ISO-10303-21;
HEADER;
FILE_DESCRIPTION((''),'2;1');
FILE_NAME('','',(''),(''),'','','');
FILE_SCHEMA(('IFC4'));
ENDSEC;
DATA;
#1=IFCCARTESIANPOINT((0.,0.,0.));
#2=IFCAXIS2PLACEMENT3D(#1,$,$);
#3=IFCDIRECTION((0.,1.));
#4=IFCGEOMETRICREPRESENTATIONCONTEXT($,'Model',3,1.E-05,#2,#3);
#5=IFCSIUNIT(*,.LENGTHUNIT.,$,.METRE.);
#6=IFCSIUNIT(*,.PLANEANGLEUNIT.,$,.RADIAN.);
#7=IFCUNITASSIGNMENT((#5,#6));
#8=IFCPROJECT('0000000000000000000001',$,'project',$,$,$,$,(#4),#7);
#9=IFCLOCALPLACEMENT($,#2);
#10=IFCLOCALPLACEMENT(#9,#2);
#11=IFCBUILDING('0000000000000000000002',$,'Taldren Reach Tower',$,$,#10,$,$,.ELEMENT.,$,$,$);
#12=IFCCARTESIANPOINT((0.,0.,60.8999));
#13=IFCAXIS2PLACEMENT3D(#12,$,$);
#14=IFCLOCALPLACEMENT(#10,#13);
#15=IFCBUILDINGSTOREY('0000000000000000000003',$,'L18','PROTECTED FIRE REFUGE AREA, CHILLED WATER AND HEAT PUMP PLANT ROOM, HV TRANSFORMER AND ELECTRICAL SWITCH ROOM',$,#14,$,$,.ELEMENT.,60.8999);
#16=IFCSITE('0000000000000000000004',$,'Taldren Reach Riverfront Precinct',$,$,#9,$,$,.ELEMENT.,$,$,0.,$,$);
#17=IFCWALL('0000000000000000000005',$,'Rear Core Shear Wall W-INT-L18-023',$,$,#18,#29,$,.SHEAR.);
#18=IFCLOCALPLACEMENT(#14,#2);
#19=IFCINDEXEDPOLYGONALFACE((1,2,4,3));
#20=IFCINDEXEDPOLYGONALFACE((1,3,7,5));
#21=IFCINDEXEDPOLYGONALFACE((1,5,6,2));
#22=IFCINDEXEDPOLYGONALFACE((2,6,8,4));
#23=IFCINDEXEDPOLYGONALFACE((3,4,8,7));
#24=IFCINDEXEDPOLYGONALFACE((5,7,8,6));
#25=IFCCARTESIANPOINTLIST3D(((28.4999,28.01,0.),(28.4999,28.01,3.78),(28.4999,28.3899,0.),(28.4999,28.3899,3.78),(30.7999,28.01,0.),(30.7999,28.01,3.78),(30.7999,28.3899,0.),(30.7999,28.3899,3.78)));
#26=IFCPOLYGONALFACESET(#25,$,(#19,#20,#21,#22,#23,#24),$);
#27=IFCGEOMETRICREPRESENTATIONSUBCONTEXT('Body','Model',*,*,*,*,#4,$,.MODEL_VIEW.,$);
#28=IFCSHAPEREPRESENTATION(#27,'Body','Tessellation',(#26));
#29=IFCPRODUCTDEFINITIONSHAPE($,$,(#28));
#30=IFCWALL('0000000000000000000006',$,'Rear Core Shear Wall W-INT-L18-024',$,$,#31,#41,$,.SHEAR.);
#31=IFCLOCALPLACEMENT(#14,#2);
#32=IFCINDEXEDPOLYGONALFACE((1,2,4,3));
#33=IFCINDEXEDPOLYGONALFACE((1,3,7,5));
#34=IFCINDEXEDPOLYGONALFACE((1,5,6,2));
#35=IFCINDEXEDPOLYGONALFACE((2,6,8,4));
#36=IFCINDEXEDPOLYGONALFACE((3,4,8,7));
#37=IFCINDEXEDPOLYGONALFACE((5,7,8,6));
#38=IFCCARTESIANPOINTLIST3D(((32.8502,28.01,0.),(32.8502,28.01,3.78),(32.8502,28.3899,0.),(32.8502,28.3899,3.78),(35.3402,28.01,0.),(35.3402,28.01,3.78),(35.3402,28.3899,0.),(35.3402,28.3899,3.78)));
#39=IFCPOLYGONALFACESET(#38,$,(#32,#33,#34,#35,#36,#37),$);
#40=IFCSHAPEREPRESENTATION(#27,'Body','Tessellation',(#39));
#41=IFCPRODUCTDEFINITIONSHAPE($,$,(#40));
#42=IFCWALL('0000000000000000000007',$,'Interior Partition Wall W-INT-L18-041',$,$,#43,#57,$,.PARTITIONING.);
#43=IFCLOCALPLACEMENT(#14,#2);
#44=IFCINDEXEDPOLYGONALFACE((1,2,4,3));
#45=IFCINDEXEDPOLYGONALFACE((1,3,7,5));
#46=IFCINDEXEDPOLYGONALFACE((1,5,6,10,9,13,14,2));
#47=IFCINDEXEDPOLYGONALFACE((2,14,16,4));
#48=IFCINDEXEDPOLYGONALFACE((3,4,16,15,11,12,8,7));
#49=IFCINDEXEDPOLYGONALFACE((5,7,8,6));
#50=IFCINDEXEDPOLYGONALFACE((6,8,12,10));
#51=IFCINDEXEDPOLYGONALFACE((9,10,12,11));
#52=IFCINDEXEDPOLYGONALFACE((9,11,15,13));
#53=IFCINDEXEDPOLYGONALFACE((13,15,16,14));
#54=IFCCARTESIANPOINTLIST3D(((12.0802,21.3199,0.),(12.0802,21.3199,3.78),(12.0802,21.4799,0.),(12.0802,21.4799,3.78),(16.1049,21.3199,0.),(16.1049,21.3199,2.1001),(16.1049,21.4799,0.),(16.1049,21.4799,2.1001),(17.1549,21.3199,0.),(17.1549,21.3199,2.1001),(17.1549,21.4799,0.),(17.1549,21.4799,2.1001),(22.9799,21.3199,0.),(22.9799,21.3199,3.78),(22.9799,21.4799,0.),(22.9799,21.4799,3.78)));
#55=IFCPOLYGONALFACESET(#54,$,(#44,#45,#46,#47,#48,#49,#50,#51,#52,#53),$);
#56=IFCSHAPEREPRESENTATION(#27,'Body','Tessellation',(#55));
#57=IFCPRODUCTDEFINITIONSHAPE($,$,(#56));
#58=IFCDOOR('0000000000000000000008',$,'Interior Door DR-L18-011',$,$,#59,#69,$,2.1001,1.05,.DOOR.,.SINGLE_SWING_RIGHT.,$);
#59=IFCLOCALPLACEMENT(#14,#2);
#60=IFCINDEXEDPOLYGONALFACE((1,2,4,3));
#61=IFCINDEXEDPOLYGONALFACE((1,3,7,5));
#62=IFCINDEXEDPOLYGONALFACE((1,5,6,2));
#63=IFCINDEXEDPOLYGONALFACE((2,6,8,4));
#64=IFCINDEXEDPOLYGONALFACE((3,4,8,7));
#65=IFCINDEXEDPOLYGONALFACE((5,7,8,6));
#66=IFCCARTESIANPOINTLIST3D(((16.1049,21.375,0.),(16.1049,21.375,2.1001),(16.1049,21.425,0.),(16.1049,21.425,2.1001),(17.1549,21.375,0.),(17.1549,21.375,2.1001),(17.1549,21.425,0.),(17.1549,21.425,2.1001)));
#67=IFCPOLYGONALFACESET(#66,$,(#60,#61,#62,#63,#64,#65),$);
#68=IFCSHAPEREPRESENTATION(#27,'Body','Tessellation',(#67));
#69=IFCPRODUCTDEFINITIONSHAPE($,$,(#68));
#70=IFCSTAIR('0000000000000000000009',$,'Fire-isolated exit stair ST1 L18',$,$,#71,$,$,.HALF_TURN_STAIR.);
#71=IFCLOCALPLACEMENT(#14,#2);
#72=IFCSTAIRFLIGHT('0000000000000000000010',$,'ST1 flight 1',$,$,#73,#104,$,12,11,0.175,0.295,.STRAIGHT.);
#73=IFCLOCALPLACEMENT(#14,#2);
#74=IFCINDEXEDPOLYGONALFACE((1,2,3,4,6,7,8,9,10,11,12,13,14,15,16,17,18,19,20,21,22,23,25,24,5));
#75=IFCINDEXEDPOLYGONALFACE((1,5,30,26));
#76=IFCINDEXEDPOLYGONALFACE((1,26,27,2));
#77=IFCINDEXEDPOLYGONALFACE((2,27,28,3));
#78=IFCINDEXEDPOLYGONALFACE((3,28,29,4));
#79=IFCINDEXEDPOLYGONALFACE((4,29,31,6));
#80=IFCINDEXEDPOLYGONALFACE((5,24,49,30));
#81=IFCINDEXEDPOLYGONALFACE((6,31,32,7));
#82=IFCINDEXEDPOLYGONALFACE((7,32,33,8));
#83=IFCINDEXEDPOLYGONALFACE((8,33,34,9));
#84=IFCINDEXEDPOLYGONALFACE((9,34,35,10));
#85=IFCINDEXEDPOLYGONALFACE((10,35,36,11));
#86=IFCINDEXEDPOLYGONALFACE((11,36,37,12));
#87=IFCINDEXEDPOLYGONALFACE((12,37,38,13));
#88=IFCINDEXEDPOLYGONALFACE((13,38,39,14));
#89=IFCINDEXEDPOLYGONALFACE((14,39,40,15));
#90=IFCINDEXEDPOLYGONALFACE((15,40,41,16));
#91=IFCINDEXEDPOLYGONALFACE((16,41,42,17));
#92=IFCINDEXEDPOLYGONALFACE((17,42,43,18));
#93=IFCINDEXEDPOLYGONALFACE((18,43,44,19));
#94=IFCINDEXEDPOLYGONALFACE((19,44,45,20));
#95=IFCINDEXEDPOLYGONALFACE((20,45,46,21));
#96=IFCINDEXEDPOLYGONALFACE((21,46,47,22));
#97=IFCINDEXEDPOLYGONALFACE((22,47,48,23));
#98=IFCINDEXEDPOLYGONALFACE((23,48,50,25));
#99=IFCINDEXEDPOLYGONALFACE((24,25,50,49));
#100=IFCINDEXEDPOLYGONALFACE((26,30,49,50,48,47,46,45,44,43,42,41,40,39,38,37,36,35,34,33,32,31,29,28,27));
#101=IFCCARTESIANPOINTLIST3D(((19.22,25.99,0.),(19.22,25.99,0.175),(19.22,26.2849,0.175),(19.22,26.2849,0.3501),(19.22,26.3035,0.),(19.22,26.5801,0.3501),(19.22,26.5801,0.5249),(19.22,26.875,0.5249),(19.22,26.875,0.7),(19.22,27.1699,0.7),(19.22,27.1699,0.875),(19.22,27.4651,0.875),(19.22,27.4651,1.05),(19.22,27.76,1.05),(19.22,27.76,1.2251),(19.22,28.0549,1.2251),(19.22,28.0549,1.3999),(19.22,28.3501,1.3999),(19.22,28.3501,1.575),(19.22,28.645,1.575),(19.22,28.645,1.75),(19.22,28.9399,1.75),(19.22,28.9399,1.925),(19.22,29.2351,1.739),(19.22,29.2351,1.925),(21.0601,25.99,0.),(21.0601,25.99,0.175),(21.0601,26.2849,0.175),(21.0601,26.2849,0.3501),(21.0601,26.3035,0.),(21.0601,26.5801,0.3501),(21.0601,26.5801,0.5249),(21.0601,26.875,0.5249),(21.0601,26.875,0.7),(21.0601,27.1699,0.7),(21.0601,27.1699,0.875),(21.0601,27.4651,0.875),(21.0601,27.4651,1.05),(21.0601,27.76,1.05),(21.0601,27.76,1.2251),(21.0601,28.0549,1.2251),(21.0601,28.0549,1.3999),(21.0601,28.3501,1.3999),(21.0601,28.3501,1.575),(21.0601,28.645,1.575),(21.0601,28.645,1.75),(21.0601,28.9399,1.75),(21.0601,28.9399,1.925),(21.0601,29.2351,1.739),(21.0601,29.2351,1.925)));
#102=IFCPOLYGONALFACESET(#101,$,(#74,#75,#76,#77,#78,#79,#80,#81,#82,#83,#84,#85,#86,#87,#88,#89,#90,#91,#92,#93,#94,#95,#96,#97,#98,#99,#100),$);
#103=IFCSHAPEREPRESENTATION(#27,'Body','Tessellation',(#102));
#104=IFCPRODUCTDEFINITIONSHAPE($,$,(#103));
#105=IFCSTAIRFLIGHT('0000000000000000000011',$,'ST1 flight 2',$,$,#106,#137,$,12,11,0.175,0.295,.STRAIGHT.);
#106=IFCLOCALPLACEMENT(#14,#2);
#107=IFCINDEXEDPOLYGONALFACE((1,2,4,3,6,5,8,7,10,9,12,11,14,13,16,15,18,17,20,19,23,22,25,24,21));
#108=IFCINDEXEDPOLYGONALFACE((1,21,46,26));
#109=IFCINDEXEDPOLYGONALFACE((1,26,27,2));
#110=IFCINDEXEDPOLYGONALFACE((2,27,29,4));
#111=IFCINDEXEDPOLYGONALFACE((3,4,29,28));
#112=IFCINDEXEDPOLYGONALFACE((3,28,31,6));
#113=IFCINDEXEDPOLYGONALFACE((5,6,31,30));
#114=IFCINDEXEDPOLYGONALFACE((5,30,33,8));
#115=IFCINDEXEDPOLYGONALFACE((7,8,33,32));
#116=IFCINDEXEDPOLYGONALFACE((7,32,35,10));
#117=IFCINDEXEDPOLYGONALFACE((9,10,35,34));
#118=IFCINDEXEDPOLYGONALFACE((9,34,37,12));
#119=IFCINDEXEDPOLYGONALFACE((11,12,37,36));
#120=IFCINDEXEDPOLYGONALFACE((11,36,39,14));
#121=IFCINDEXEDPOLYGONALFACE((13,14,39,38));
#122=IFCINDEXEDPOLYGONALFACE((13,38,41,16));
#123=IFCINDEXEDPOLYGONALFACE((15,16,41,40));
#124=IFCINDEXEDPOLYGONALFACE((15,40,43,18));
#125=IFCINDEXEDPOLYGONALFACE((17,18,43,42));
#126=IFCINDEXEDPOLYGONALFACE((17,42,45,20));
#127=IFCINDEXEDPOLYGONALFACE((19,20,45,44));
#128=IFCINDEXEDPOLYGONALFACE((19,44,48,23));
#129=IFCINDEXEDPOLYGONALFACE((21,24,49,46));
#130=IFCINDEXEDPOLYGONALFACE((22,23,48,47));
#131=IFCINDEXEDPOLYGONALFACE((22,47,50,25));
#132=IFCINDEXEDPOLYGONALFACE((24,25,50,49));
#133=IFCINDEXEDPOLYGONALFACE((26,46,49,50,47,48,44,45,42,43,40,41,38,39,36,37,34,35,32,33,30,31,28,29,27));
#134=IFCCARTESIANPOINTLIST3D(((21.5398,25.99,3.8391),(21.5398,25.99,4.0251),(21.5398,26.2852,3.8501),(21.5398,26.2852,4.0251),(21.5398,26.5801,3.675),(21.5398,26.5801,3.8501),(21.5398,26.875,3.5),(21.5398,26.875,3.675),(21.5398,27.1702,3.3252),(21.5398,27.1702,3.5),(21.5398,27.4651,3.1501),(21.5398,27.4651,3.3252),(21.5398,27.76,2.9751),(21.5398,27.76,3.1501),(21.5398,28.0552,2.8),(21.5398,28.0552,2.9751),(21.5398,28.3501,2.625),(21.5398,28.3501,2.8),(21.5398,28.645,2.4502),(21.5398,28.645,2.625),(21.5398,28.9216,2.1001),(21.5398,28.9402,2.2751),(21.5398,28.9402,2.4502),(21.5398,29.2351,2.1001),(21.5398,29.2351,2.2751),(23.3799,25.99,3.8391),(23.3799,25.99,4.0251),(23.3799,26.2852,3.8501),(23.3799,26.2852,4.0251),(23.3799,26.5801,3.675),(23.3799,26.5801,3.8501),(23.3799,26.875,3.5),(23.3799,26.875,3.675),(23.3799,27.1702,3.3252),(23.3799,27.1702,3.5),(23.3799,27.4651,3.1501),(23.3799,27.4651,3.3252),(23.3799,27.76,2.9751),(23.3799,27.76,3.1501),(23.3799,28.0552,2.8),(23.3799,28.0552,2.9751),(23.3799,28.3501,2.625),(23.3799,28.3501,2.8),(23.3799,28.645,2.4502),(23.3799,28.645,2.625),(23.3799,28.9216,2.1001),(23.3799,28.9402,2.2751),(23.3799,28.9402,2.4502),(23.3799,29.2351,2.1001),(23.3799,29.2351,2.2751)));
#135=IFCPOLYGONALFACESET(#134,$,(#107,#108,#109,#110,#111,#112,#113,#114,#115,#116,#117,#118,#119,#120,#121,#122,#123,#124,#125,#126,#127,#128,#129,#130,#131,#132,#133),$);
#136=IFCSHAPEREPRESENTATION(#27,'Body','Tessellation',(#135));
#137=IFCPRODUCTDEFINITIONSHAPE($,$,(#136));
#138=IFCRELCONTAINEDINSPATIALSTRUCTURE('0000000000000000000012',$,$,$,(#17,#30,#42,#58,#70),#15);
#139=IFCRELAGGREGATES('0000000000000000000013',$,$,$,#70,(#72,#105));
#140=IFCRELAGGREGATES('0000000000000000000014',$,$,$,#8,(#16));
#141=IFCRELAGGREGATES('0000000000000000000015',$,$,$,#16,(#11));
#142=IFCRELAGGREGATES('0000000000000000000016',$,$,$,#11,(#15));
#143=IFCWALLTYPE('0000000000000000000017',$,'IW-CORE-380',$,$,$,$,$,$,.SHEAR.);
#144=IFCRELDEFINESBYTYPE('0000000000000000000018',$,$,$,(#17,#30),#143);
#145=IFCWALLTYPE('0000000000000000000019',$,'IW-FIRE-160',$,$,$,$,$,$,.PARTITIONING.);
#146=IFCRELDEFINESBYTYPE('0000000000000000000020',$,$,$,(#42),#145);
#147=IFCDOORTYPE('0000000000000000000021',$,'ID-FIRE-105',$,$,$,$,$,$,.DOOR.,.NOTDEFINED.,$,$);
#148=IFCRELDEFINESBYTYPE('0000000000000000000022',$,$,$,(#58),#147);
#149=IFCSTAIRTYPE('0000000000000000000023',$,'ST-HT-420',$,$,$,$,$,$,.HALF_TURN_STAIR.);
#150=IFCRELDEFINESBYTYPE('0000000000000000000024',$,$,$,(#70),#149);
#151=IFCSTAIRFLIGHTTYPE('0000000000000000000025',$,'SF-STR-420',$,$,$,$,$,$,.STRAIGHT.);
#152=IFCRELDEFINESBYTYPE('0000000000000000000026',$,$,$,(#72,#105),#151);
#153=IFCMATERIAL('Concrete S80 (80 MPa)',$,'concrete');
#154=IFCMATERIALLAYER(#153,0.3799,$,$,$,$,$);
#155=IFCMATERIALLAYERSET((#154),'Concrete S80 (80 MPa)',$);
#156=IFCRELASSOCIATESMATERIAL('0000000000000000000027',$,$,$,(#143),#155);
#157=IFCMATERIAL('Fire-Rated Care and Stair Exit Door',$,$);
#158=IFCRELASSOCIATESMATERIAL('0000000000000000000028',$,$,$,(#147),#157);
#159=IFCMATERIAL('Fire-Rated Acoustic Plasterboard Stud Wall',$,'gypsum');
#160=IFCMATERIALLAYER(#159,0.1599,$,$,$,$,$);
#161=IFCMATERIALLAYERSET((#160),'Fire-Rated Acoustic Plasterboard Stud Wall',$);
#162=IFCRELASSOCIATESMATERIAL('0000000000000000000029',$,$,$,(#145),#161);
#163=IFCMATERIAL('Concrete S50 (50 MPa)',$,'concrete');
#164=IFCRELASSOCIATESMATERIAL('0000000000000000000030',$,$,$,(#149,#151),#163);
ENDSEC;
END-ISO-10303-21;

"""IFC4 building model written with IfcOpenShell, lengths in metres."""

from ifc_helpers import new_model, si_unit, direction, frame, frame_2d, origin, place, context, subcontext, project, spatial, polyline, rectangle, outline, extrude, source, transform, mapped, material, layer, layer_set, type_object, element, fill, aggregate, save


model = new_model("IFC4")

# Units and contexts
model_context = context("Model", 3, precision=1e-05, world=origin(), true_north=direction((0.0, 1.0)))
body_context = subcontext(model_context, "Body", "Model", "MODEL_VIEW")
ifc_project = project(units=[si_unit("LENGTHUNIT", "METRE"), si_unit("PLANEANGLEUNIT", "RADIAN")], contexts=[model_context])

# Site, building, storey
site_placement = place(None, origin())
site = spatial("IfcSite", under=ifc_project, at=site_placement, Name="Taldren Reach Riverfront Precinct", CompositionType="ELEMENT", RefElevation=0.0)
building_placement = place(site_placement, origin())
building = spatial("IfcBuilding", under=site, at=building_placement, Name="Taldren Reach Tower", CompositionType="ELEMENT")
storey_placement = place(building_placement, frame((0.0, 0.0, 60.8999)))
storey = spatial("IfcBuildingStorey", under=building, at=storey_placement, Name="L18", Description="PROTECTED FIRE REFUGE AREA, CHILLED WATER AND HEAT PUMP PLANT ROOM, HV TRANSFORMER AND ELECTRICAL SWITCH ROOM", CompositionType="ELEMENT", Elevation=60.8999)

# Shared definitions
ifc_material_1 = material(Name="Concrete S80 (80 MPa)", Category="concrete")

# Shared definitions
ifc_layer_1 = layer(ifc_material_1, 0.3799)
ifc_layer_set_1 = layer_set([ifc_layer_1], Name="Concrete S80 (80 MPa)")
wall_type_1 = type_object("IfcWallType", Name="IW-CORE-380", PredefinedType="SHEAR", material=ifc_layer_set_1)

# Shared definitions
ifc_material_2 = material(Name="Fire-Rated Care and Stair Exit Door")
door_type_1 = type_object("IfcDoorType", Name="ID-FIRE-105", OperationType="NOTDEFINED", PredefinedType="DOOR", material=ifc_material_2)
shared_shape_1 = source(origin(), body_context, "Body", "SweptSolid", [
    extrude(rectangle(XDim=1.05, YDim=2.1001, at=frame_2d((0.5249, 1.05))), frame((0.0, 0.0249, 0.0), z_axis=(0.0, -1.0, 0.0), x_axis=(1.0, 0.0, 0.0)), (0.0, 0.0, 1.0), 0.05),
])

# Shared definitions
ifc_material_3 = material(Name="Concrete S50 (50 MPa)", Category="concrete")

# Walls
shared_shape_2 = source(origin(), body_context, "Body", "SweptSolid", [
    extrude(rectangle(XDim=2.3, YDim=0.3799, at=frame_2d((1.1499, 0.0))), origin(), (0.0, 0.0, 1.0), 3.78),
])
wall_1_placement = place(storey_placement, frame((28.5, 28.2, 0.0), z_axis=(0.0, 0.0, 1.0), x_axis=(1.0, 0.0, 0.0)))
element("IfcWall", 1, at=wall_1_placement, inside=storey, type_object=wall_type_1, Name="Rear Core Shear Wall W-INT-L18-023", PredefinedType="SHEAR", context=body_context, shape_type="MappedRepresentation", body=[
    mapped(shared_shape_2, transform((0.0, 0.0, 0.0), scale=1.0)),
])
shared_shape_3 = source(origin(), body_context, "Body", "SweptSolid", [
    extrude(rectangle(XDim=2.49, YDim=0.3799, at=frame_2d((1.2451, 0.0))), origin(), (0.0, 0.0, 1.0), 3.78),
])
wall_2_placement = place(storey_placement, frame((32.8501, 28.2, 0.0), z_axis=(0.0, 0.0, 1.0), x_axis=(1.0, 0.0, 0.0)))
element("IfcWall", 2, at=wall_2_placement, inside=storey, type_object=wall_type_1, Name="Rear Core Shear Wall W-INT-L18-024", PredefinedType="SHEAR", context=body_context, shape_type="MappedRepresentation", body=[
    mapped(shared_shape_3, transform((0.0, 0.0, 0.0), scale=1.0)),
])

# Wall, opening, door
ifc_material_4 = material(Name="Fire-Rated Acoustic Plasterboard Stud Wall", Category="gypsum")
ifc_layer_2 = layer(ifc_material_4, 0.1599)
ifc_layer_set_2 = layer_set([ifc_layer_2], Name="Fire-Rated Acoustic Plasterboard Stud Wall")
wall_type_2 = type_object("IfcWallType", Name="IW-FIRE-160", PredefinedType="PARTITIONING", material=ifc_layer_set_2)
shared_shape_4 = source(origin(), body_context, "Body", "SweptSolid", [
    extrude(rectangle(XDim=10.8997, YDim=0.1599, at=frame_2d((5.4497, 0.0))), origin(), (0.0, 0.0, 1.0), 3.78),
])
wall_3_placement = place(storey_placement, frame((22.9797, 21.3999, 0.0), z_axis=(0.0, 0.0, 1.0), x_axis=(-1.0, 0.0, 0.0)))
wall_3 = element("IfcWall", 3, at=wall_3_placement, inside=storey, type_object=wall_type_2, Name="Interior Partition Wall W-INT-L18-041", PredefinedType="PARTITIONING", context=body_context, shape_type="MappedRepresentation", body=[
    mapped(shared_shape_4, transform((0.0, 0.0, 0.0), scale=1.0)),
])
shared_shape_5 = source(origin(), body_context, "Body", "SweptSolid", [
    extrude(rectangle(XDim=1.05, YDim=2.1001, at=frame_2d((0.5249, 1.05))), frame((0.0, 0.0898, 0.0), z_axis=(0.0, -1.0, 0.0), x_axis=(1.0, 0.0, 0.0)), (0.0, 0.0, 1.0), 0.1799),
])
opening_1_placement = place(wall_3_placement, frame((5.825, 0.0, 0.0)))
opening_1 = element("IfcOpeningElement", 4, at=opening_1_placement, cuts=wall_3, PredefinedType="OPENING", context=body_context, shape_type="MappedRepresentation", body=[
    mapped(shared_shape_5, transform((0.0, 0.0, 0.0), scale=1.0)),
])
door_1_placement = place(opening_1_placement, origin())
door_1 = element("IfcDoor", 5, at=door_1_placement, inside=storey, type_object=door_type_1, Name="Interior Door DR-L18-011", OperationType="SINGLE_SWING_RIGHT", OverallHeight=2.1001, OverallWidth=1.05, PredefinedType="DOOR", context=body_context, shape_type="MappedRepresentation", body=[
    mapped(shared_shape_1, transform((0.0, 0.0, 0.0), scale=1.0)),
])
fill(opening_1, door_1)

# Stair, stair flights
stair_type = type_object("IfcStairType", Name="ST-HT-420", PredefinedType="HALF_TURN_STAIR", material=ifc_material_3)
stair_placement = place(storey_placement, origin())
stair = element("IfcStair", 6, at=stair_placement, inside=storey, type_object=stair_type, Name="Fire-isolated exit stair ST1 L18", PredefinedType="HALF_TURN_STAIR")
stair_flight_type = type_object("IfcStairFlightType", Name="SF-STR-420", PredefinedType="STRAIGHT", material=ifc_material_3)
stair_flight_1_placement = place(storey_placement, frame((20.1399, 25.99, 0.0), z_axis=(0.0, 0.0, 1.0), x_axis=(0.0, 1.0, 0.0)))
stair_flight_1 = element("IfcStairFlight", 7, at=stair_flight_1_placement, type_object=stair_flight_type, Name="ST1 flight 1", NumberOfRisers=12, NumberOfTreads=11, PredefinedType="STRAIGHT", RiserHeight=0.175, TreadLength=0.295, context=body_context, shape_type="SweptSolid", body=[
    extrude(outline(polyline([(0.0, 0.0), (0.0, 0.175), (0.2949, 0.175), (0.2949, 0.3501), (0.5901, 0.3501), (0.5901, 0.5249), (0.885, 0.5249), (0.885, 0.7), (1.1799, 0.7), (1.1799, 0.875), (1.4751, 0.875), (1.4751, 1.05), (1.77, 1.05), (1.77, 1.2251), (2.0649, 1.2251), (2.0649, 1.3999), (2.3601, 1.3999), (2.3601, 1.575), (2.655, 1.575), (2.655, 1.75), (2.95, 1.75), (2.95, 1.925), (3.2451, 1.925), (3.2451, 2.1001), (3.2451, 1.739), (0.3135, 0.0), (0.0, 0.0)])), frame((0.0, 0.9199, 0.0), z_axis=(0.0, -1.0, 0.0), x_axis=(1.0, 0.0, 0.0)), (0.0, 0.0, 1.0), 1.8401),
])
stair_flight_2_placement = place(storey_placement, frame((22.46, 29.2351, 2.1001), z_axis=(0.0, 0.0, 1.0), x_axis=(0.0, -1.0, 0.0)))
stair_flight_2 = element("IfcStairFlight", 8, at=stair_flight_2_placement, type_object=stair_flight_type, Name="ST1 flight 2", NumberOfRisers=12, NumberOfTreads=11, PredefinedType="STRAIGHT", RiserHeight=0.175, TreadLength=0.295, context=body_context, shape_type="SweptSolid", body=[
    extrude(outline(polyline([(0.0, 0.0), (0.0, 0.175), (0.2949, 0.175), (0.2949, 0.3501), (0.5901, 0.3501), (0.5901, 0.5249), (0.885, 0.5249), (0.885, 0.7), (1.1799, 0.7), (1.1799, 0.875), (1.4751, 0.875), (1.4751, 1.05), (1.77, 1.05), (1.77, 1.2251), (2.0649, 1.2251), (2.0649, 1.3999), (2.3601, 1.3999), (2.3601, 1.575), (2.655, 1.575), (2.655, 1.75), (2.95, 1.75), (2.95, 1.925), (3.2451, 1.925), (3.2451, 2.1001), (3.2451, 1.739), (0.3135, 0.0), (0.0, 0.0)])), frame((0.0, 0.9199, 0.0), z_axis=(0.0, -1.0, 0.0), x_axis=(1.0, 0.0, 0.0)), (0.0, 0.0, 1.0), 1.8401),
])
aggregate(stair, [stair_flight_1, stair_flight_2])

save(model, "model.ifc")
